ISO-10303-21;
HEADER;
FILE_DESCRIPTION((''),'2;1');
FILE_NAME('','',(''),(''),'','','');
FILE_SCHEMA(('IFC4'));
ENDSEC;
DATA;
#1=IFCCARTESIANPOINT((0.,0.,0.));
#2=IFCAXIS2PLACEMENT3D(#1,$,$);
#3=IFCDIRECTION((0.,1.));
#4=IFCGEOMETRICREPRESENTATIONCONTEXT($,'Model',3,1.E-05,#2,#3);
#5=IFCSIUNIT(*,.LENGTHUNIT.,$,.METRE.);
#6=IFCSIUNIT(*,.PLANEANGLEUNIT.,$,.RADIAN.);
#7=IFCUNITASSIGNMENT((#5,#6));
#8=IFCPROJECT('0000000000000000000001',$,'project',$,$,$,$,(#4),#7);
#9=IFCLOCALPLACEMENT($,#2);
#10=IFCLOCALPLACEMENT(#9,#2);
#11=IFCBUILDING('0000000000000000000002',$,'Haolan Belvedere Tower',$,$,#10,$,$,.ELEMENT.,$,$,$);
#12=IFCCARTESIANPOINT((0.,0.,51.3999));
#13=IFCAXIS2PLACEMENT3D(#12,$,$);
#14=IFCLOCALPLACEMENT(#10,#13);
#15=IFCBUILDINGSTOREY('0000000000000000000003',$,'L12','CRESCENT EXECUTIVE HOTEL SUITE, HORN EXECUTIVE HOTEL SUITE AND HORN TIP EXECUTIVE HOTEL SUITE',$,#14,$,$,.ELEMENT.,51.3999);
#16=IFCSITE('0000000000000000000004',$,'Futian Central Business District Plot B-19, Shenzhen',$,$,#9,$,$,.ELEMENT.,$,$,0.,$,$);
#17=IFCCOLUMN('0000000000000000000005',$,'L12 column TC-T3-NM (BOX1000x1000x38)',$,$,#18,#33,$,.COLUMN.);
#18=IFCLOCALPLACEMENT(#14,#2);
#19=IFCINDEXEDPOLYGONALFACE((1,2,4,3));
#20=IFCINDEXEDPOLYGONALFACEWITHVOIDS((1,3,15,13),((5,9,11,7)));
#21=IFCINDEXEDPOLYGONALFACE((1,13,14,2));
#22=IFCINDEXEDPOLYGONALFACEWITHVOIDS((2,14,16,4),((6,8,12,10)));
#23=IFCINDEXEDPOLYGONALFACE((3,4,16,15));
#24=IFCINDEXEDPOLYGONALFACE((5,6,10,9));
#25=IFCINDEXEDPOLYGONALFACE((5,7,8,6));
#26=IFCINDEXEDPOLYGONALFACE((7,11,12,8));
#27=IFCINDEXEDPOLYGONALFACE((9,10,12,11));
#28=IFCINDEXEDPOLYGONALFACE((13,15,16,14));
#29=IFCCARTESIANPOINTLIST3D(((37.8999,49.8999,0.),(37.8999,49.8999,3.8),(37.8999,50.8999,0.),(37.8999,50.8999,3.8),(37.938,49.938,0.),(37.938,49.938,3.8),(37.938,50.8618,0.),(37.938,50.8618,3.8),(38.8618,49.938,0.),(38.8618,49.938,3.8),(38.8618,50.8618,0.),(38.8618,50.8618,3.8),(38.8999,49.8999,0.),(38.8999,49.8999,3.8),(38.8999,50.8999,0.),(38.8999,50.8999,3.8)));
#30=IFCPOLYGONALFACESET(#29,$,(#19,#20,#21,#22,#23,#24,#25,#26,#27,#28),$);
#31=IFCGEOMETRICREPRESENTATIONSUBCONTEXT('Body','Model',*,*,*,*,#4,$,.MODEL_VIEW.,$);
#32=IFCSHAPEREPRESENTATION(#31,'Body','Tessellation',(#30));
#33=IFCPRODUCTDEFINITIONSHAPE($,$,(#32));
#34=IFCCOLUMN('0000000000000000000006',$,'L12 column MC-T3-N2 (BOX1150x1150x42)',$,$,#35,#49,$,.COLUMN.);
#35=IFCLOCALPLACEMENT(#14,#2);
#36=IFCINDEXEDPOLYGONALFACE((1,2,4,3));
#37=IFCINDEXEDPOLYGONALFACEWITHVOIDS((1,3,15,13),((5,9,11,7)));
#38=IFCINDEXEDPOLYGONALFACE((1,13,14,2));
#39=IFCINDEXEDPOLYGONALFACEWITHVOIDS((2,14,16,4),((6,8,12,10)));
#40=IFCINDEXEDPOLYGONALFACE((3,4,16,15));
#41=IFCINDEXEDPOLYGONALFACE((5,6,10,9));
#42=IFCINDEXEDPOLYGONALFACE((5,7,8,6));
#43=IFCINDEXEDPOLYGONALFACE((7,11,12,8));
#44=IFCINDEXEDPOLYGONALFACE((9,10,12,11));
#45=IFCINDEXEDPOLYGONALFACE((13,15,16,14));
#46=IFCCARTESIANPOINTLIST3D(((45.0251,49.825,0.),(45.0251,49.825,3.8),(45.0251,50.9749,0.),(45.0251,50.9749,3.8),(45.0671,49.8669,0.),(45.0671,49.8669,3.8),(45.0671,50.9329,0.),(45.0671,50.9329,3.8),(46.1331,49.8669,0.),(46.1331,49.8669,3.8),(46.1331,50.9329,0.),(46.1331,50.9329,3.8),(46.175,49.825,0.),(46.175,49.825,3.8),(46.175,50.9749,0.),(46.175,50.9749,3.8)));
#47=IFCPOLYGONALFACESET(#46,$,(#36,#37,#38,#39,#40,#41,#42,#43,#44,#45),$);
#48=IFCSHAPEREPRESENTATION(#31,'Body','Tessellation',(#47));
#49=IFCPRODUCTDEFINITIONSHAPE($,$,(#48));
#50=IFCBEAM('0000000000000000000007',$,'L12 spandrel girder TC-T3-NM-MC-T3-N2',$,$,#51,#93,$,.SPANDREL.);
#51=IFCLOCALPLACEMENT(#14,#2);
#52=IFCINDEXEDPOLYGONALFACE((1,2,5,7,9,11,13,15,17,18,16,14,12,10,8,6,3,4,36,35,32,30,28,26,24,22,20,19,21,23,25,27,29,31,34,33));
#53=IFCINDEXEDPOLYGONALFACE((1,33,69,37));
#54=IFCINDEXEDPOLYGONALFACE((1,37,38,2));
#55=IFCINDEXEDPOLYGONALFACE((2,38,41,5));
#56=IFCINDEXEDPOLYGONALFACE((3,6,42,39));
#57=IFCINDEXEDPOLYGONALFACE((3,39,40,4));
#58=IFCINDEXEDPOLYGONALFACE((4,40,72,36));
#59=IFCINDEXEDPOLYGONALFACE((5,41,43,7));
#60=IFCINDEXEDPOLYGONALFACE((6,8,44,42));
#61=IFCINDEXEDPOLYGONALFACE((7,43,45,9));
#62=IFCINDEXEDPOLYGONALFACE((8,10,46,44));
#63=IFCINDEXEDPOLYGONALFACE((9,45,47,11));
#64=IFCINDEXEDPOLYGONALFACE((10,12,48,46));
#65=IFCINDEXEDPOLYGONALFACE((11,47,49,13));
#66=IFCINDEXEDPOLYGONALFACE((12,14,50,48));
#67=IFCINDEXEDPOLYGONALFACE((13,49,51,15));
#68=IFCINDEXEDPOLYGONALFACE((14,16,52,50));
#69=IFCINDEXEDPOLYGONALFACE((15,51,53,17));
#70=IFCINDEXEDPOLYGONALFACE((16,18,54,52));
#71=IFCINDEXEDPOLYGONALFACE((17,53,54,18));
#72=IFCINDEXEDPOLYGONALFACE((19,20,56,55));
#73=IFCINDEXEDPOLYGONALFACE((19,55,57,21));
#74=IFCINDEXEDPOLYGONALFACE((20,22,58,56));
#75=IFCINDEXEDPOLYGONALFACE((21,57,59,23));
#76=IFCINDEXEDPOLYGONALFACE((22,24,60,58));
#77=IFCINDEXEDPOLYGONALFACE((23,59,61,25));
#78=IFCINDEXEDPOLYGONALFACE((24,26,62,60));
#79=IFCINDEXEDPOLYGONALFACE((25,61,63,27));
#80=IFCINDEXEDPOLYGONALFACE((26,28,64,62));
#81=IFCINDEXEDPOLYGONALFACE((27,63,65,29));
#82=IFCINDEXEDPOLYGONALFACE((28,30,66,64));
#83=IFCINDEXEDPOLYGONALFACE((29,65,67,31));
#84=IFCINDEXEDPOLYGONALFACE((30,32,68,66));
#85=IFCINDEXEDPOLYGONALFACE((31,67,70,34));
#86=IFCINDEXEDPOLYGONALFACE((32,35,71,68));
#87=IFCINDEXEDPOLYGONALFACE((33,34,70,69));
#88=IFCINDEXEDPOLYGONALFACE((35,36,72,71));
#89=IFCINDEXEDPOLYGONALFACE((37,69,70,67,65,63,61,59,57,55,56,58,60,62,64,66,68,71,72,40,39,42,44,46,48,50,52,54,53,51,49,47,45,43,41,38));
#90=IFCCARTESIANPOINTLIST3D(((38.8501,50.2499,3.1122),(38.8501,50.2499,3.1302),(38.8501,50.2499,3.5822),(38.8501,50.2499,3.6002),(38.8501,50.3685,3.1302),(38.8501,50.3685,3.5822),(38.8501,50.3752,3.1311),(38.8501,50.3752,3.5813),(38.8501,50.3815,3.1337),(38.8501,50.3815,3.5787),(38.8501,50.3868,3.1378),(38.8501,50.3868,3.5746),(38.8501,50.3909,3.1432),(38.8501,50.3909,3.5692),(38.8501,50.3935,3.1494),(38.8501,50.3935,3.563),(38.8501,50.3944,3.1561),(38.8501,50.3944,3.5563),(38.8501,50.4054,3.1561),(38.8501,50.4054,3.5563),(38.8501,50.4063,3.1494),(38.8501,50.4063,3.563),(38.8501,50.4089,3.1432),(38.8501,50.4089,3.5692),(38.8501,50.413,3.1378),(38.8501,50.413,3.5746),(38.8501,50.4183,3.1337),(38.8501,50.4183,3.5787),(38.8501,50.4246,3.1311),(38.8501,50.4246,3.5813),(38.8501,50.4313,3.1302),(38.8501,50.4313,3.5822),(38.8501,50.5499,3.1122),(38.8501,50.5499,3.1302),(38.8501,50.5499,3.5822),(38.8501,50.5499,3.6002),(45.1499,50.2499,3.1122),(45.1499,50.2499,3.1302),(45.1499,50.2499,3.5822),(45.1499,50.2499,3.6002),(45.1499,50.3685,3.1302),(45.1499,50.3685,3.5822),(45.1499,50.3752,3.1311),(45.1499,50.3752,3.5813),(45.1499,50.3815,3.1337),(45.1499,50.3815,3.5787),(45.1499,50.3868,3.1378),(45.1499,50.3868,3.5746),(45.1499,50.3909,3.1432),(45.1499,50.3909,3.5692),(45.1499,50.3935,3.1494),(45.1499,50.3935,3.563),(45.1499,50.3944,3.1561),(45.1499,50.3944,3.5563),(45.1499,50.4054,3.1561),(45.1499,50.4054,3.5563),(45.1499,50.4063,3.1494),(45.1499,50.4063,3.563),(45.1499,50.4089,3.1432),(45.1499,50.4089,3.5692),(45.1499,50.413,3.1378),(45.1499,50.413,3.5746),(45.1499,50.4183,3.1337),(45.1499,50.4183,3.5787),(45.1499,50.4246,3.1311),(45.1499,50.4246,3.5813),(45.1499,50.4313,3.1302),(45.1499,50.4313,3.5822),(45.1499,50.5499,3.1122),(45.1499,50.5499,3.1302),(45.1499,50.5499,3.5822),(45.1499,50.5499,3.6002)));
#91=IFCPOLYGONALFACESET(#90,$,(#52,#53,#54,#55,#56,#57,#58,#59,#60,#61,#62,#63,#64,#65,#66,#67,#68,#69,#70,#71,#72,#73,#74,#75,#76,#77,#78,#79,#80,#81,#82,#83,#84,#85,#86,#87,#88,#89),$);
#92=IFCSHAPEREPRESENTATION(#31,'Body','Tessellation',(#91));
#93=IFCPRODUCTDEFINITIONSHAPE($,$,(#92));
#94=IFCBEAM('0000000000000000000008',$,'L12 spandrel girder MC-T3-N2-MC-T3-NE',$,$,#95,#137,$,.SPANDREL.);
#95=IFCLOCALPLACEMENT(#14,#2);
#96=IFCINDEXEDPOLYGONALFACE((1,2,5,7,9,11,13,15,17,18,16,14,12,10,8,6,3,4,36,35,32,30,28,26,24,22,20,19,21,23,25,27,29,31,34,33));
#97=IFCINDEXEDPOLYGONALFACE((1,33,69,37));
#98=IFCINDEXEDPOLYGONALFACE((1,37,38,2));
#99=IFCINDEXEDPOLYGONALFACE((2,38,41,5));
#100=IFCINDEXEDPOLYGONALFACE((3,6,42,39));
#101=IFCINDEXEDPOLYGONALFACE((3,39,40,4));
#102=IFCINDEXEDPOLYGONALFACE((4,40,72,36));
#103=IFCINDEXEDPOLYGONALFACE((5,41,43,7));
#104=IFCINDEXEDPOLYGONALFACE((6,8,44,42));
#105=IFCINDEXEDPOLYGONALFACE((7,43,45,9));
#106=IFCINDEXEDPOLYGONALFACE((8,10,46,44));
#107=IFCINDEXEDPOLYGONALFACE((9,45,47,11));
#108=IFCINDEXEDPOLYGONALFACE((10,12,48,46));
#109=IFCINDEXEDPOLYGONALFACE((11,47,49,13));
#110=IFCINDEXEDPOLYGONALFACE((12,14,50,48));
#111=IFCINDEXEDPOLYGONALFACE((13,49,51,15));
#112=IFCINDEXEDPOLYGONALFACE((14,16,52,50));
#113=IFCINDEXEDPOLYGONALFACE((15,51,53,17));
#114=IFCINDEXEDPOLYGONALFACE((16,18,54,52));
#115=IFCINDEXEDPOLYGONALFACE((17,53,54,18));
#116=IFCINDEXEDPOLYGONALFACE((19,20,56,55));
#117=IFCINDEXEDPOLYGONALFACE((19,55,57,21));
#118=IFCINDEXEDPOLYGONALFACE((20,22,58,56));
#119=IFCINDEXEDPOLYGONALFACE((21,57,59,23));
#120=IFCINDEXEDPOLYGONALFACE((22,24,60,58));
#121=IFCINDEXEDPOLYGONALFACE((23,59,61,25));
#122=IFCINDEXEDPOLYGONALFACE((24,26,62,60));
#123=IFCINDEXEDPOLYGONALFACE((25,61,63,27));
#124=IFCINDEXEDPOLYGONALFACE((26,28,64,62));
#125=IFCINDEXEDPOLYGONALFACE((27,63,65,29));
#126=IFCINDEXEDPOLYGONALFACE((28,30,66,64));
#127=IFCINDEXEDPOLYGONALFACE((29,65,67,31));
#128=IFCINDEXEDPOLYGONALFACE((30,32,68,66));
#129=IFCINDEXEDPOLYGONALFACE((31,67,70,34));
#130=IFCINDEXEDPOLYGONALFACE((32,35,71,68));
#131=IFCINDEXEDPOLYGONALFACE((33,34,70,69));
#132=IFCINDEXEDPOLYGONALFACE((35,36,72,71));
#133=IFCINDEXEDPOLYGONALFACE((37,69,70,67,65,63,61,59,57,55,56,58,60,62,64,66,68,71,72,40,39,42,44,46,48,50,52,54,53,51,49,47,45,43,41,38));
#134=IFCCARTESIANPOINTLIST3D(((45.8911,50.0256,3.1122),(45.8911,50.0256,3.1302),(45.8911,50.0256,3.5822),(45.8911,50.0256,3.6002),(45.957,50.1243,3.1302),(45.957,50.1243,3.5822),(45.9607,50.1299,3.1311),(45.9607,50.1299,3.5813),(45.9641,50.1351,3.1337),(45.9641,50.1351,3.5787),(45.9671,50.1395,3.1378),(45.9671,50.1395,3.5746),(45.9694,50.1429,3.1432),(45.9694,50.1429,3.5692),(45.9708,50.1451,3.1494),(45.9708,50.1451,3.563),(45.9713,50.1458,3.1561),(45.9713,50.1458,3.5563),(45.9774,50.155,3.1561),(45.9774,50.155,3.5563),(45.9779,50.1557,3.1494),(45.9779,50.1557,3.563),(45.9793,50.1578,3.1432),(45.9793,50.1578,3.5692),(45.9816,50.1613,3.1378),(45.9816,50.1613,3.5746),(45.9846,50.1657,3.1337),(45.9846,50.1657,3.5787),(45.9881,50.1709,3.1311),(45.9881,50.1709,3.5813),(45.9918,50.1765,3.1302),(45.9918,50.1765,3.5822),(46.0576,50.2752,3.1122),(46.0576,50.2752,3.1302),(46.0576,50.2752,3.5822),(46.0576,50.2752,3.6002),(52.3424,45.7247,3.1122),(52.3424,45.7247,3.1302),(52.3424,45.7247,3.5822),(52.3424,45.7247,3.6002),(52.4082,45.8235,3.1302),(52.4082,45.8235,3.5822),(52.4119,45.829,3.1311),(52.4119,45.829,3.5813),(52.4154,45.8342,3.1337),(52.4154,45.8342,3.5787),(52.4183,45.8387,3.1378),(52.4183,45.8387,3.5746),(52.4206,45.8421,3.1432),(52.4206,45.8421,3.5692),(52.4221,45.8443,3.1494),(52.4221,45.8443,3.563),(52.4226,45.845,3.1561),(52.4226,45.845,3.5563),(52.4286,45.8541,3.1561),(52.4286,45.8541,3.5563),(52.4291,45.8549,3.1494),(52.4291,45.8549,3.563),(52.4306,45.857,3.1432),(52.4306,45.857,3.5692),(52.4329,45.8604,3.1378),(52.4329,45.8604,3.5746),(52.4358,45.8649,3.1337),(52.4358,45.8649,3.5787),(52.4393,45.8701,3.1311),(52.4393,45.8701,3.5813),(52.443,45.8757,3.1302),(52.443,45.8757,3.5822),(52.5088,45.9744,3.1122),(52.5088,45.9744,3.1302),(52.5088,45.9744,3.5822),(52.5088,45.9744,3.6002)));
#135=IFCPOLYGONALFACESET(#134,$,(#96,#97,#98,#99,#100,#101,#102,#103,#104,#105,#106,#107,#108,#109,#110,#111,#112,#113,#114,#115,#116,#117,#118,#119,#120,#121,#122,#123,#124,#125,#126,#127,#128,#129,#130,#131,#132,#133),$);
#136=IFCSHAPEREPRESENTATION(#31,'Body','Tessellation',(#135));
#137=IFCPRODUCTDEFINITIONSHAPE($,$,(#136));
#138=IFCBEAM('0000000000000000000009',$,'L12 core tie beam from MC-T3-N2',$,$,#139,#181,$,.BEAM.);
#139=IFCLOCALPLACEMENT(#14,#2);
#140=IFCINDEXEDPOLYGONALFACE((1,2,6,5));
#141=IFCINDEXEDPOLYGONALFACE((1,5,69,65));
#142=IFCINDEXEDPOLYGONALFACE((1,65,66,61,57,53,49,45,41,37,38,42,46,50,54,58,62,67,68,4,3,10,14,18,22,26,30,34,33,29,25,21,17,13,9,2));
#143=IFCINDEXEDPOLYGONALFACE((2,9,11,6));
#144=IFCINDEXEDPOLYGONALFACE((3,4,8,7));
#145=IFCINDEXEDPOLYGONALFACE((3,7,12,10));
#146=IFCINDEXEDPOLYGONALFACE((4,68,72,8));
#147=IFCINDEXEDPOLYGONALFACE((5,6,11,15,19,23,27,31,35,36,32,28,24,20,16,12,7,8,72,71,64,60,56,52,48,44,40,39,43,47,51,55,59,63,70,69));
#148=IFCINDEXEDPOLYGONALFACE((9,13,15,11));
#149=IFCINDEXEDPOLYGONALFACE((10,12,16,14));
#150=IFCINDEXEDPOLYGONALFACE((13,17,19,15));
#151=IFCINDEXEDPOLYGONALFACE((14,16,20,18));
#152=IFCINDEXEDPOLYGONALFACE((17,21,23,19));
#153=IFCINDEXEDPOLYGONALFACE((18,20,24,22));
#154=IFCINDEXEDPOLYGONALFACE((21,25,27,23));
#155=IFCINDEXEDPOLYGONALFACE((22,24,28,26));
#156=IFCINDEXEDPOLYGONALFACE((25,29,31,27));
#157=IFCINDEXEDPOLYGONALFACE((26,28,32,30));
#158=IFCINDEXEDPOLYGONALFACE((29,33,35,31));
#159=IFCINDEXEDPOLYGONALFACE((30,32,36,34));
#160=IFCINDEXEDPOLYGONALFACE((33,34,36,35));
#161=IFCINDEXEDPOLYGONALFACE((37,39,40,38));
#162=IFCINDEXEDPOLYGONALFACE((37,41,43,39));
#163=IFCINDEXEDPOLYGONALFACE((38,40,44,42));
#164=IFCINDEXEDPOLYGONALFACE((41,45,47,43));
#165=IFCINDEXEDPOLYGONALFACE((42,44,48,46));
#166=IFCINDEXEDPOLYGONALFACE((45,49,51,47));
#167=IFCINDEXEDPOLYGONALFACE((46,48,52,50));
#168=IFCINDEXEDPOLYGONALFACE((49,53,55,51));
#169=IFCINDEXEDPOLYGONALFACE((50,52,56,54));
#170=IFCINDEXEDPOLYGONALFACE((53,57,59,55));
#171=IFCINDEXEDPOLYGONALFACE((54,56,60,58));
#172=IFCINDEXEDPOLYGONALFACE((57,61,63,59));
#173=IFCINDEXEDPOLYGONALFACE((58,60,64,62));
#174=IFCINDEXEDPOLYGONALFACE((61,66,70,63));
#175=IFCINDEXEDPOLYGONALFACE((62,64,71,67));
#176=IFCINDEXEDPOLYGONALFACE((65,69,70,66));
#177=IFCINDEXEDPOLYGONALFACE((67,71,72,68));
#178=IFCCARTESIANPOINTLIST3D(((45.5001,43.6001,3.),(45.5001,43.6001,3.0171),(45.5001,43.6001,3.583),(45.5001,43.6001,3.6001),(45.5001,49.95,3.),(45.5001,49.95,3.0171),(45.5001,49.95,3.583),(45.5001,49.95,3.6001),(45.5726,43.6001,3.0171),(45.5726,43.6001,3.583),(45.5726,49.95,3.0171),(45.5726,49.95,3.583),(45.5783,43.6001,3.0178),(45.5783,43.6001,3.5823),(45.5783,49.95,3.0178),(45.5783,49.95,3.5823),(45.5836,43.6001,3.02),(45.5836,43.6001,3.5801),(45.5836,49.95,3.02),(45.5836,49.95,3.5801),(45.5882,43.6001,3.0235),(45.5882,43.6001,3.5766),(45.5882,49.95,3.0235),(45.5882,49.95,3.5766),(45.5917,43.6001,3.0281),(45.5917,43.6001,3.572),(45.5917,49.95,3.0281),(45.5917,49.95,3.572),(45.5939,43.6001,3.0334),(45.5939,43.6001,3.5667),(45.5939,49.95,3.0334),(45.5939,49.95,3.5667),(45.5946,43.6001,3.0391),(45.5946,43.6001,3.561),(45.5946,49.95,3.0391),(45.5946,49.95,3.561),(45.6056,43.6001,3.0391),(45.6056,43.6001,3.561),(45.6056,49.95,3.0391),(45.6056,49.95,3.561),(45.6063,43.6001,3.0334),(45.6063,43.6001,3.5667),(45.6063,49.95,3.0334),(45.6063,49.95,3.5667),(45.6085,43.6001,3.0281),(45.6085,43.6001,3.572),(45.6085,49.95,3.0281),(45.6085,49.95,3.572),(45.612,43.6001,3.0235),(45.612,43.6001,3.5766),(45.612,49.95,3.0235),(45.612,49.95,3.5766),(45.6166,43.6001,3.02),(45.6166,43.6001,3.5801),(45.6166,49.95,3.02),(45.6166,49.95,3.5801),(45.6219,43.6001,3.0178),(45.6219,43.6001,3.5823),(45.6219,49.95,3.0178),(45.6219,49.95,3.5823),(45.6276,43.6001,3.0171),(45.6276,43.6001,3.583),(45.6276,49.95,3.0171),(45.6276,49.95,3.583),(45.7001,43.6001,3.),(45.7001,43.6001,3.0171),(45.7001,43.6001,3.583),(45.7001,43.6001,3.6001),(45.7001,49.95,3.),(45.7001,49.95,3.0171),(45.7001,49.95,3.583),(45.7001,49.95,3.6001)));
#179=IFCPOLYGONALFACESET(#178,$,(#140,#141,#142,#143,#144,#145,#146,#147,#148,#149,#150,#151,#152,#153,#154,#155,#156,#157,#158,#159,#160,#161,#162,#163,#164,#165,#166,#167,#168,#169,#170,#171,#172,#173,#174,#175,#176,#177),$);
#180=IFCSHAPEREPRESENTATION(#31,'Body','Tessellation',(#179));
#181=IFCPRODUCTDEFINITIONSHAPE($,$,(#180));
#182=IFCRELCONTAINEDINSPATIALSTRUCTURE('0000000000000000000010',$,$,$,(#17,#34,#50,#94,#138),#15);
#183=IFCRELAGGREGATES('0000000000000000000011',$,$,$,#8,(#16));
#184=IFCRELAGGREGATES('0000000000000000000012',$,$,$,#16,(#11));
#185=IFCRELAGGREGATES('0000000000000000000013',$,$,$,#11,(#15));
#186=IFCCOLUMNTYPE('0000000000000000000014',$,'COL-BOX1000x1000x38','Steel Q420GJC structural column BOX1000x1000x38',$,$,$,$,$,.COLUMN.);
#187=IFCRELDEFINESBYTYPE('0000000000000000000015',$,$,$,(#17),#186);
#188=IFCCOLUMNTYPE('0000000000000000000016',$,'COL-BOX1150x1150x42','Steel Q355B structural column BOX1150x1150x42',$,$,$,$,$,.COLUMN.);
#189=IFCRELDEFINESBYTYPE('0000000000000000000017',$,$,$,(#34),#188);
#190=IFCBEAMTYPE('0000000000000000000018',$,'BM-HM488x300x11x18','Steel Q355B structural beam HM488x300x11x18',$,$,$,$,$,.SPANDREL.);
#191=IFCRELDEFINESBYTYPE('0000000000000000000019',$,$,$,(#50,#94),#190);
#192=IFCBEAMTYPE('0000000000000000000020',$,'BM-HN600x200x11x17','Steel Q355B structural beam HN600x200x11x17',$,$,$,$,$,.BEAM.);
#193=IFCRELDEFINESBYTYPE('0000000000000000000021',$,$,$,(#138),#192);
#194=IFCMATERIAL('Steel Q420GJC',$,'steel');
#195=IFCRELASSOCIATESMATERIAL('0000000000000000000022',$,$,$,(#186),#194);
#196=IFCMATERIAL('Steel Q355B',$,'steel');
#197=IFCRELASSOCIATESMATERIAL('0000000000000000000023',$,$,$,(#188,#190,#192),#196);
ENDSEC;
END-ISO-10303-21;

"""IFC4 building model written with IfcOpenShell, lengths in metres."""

from ifc_helpers import new_model, si_unit, direction, frame, origin, origin_2d, place, context, subcontext, project, spatial, hollow_rectangle, i_section, extrude, material, material_profile, profile_set, type_object, element, save


model = new_model("IFC4")

# Units and contexts
model_context = context("Model", 3, precision=1e-05, world=origin(), true_north=direction((0.0, 1.0)))
body_context = subcontext(model_context, "Body", "Model", "MODEL_VIEW")
ifc_project = project(units=[si_unit("LENGTHUNIT", "METRE"), si_unit("PLANEANGLEUNIT", "RADIAN")], contexts=[model_context])

# Site, building, storey
site_placement = place(None, origin())
site = spatial("IfcSite", under=ifc_project, at=site_placement, Name="Futian Central Business District Plot B-19, Shenzhen", CompositionType="ELEMENT", RefElevation=0.0)
building_placement = place(site_placement, origin())
building = spatial("IfcBuilding", under=site, at=building_placement, Name="Haolan Belvedere Tower", CompositionType="ELEMENT")
storey_placement = place(building_placement, frame((0.0, 0.0, 51.3999)))
storey = spatial("IfcBuildingStorey", under=building, at=storey_placement, Name="L12", Description="CRESCENT EXECUTIVE HOTEL SUITE, HORN EXECUTIVE HOTEL SUITE AND HORN TIP EXECUTIVE HOTEL SUITE", CompositionType="ELEMENT", Elevation=51.3999)

# Columns
ifc_material_1 = material(Name="Steel Q420GJC", Category="steel")
ifc_material_profile_1 = material_profile(ifc_material_1, hollow_rectangle(XDim=1.0, YDim=1.0, WallThickness=0.0381, at=origin_2d()), Name="Steel Q420GJC")
ifc_profile_set_1 = profile_set([ifc_material_profile_1], Name="Steel Q420GJC")
column_type_1 = type_object("IfcColumnType", Name="COL-BOX1000x1000x38", Description="Steel Q420GJC structural column BOX1000x1000x38", PredefinedType="COLUMN", material=ifc_profile_set_1)
column_1_placement = place(storey_placement, frame((38.3999, 50.3999, 0.0), z_axis=(0.0, 0.0, 1.0), x_axis=(1.0, 0.0, 0.0)))
element("IfcColumn", 1, at=column_1_placement, inside=storey, type_object=column_type_1, Name="L12 column TC-T3-NM (BOX1000x1000x38)", PredefinedType="COLUMN", context=body_context, shape_type="SweptSolid", body=[
    extrude(hollow_rectangle(XDim=1.0, YDim=1.0, WallThickness=0.0381, at=origin_2d()), origin(), (0.0, 0.0, 1.0), 3.8),
])
ifc_material_2 = material(Name="Steel Q355B", Category="steel")
ifc_material_profile_2 = material_profile(ifc_material_2, hollow_rectangle(XDim=1.1499, YDim=1.1499, WallThickness=0.042, at=origin_2d()), Name="Steel Q355B")
ifc_profile_set_2 = profile_set([ifc_material_profile_2], Name="Steel Q355B")
column_type_2 = type_object("IfcColumnType", Name="COL-BOX1150x1150x42", Description="Steel Q355B structural column BOX1150x1150x42", PredefinedType="COLUMN", material=ifc_profile_set_2)
column_2_placement = place(storey_placement, frame((45.6001, 50.3999, 0.0), z_axis=(0.0, 0.0, 1.0), x_axis=(1.0, 0.0, 0.0)))
element("IfcColumn", 2, at=column_2_placement, inside=storey, type_object=column_type_2, Name="L12 column MC-T3-N2 (BOX1150x1150x42)", PredefinedType="COLUMN", context=body_context, shape_type="SweptSolid", body=[
    extrude(hollow_rectangle(XDim=1.1499, YDim=1.1499, WallThickness=0.042, at=origin_2d()), origin(), (0.0, 0.0, 1.0), 3.8),
])

# Beams
ifc_material_profile_3 = material_profile(ifc_material_2, i_section(OverallWidth=0.3, OverallDepth=0.488, WebThickness=0.011, FlangeThickness=0.0181, FilletRadius=0.0259, at=origin_2d()), Name="Steel Q355B")
ifc_profile_set_3 = profile_set([ifc_material_profile_3], Name="Steel Q355B")
beam_type_1 = type_object("IfcBeamType", Name="BM-HM488x300x11x18", Description="Steel Q355B structural beam HM488x300x11x18", PredefinedType="SPANDREL", material=ifc_profile_set_3)
beam_1_placement = place(storey_placement, frame((38.8501, 50.3999, 3.3562), z_axis=(1.0, 0.0, 0.0), x_axis=(0.0, 1.0, 0.0)))
element("IfcBeam", 3, at=beam_1_placement, inside=storey, type_object=beam_type_1, Name="L12 spandrel girder TC-T3-NM-MC-T3-N2", PredefinedType="SPANDREL", context=body_context, shape_type="SweptSolid", body=[
    extrude(i_section(OverallWidth=0.3, OverallDepth=0.488, WebThickness=0.011, FlangeThickness=0.0181, FilletRadius=0.0259, at=origin_2d()), origin(), (0.0, 0.0, 1.0), 6.2998),
])
beam_2_placement = place(storey_placement, frame((45.9744, 50.1504, 3.3562), z_axis=(0.83205, -0.5547, 0.0), x_axis=(0.5547, 0.83205, 0.0)))
element("IfcBeam", 4, at=beam_2_placement, inside=storey, type_object=beam_type_1, Name="L12 spandrel girder MC-T3-N2-MC-T3-NE", PredefinedType="SPANDREL", context=body_context, shape_type="SweptSolid", body=[
    extrude(i_section(OverallWidth=0.3, OverallDepth=0.488, WebThickness=0.011, FlangeThickness=0.0181, FilletRadius=0.0259, at=origin_2d()), origin(), (0.0, 0.0, 1.0), 7.7534),
])
ifc_material_profile_4 = material_profile(ifc_material_2, i_section(OverallWidth=0.2, OverallDepth=0.6001, WebThickness=0.011, FlangeThickness=0.0171, FilletRadius=0.022, at=origin_2d()), Name="Steel Q355B")
ifc_profile_set_4 = profile_set([ifc_material_profile_4], Name="Steel Q355B")
beam_type_2 = type_object("IfcBeamType", Name="BM-HN600x200x11x17", Description="Steel Q355B structural beam HN600x200x11x17", PredefinedType="BEAM", material=ifc_profile_set_4)
beam_3_placement = place(storey_placement, frame((45.6001, 49.95, 3.3), z_axis=(0.0, -1.0, 0.0), x_axis=(1.0, 0.0, 0.0)))
element("IfcBeam", 5, at=beam_3_placement, inside=storey, type_object=beam_type_2, Name="L12 core tie beam from MC-T3-N2", PredefinedType="BEAM", context=body_context, shape_type="SweptSolid", body=[
    extrude(i_section(OverallWidth=0.2, OverallDepth=0.6001, WebThickness=0.011, FlangeThickness=0.0171, FilletRadius=0.022, at=origin_2d()), origin(), (0.0, 0.0, 1.0), 6.3499),
])

save(model, "model.ifc")
